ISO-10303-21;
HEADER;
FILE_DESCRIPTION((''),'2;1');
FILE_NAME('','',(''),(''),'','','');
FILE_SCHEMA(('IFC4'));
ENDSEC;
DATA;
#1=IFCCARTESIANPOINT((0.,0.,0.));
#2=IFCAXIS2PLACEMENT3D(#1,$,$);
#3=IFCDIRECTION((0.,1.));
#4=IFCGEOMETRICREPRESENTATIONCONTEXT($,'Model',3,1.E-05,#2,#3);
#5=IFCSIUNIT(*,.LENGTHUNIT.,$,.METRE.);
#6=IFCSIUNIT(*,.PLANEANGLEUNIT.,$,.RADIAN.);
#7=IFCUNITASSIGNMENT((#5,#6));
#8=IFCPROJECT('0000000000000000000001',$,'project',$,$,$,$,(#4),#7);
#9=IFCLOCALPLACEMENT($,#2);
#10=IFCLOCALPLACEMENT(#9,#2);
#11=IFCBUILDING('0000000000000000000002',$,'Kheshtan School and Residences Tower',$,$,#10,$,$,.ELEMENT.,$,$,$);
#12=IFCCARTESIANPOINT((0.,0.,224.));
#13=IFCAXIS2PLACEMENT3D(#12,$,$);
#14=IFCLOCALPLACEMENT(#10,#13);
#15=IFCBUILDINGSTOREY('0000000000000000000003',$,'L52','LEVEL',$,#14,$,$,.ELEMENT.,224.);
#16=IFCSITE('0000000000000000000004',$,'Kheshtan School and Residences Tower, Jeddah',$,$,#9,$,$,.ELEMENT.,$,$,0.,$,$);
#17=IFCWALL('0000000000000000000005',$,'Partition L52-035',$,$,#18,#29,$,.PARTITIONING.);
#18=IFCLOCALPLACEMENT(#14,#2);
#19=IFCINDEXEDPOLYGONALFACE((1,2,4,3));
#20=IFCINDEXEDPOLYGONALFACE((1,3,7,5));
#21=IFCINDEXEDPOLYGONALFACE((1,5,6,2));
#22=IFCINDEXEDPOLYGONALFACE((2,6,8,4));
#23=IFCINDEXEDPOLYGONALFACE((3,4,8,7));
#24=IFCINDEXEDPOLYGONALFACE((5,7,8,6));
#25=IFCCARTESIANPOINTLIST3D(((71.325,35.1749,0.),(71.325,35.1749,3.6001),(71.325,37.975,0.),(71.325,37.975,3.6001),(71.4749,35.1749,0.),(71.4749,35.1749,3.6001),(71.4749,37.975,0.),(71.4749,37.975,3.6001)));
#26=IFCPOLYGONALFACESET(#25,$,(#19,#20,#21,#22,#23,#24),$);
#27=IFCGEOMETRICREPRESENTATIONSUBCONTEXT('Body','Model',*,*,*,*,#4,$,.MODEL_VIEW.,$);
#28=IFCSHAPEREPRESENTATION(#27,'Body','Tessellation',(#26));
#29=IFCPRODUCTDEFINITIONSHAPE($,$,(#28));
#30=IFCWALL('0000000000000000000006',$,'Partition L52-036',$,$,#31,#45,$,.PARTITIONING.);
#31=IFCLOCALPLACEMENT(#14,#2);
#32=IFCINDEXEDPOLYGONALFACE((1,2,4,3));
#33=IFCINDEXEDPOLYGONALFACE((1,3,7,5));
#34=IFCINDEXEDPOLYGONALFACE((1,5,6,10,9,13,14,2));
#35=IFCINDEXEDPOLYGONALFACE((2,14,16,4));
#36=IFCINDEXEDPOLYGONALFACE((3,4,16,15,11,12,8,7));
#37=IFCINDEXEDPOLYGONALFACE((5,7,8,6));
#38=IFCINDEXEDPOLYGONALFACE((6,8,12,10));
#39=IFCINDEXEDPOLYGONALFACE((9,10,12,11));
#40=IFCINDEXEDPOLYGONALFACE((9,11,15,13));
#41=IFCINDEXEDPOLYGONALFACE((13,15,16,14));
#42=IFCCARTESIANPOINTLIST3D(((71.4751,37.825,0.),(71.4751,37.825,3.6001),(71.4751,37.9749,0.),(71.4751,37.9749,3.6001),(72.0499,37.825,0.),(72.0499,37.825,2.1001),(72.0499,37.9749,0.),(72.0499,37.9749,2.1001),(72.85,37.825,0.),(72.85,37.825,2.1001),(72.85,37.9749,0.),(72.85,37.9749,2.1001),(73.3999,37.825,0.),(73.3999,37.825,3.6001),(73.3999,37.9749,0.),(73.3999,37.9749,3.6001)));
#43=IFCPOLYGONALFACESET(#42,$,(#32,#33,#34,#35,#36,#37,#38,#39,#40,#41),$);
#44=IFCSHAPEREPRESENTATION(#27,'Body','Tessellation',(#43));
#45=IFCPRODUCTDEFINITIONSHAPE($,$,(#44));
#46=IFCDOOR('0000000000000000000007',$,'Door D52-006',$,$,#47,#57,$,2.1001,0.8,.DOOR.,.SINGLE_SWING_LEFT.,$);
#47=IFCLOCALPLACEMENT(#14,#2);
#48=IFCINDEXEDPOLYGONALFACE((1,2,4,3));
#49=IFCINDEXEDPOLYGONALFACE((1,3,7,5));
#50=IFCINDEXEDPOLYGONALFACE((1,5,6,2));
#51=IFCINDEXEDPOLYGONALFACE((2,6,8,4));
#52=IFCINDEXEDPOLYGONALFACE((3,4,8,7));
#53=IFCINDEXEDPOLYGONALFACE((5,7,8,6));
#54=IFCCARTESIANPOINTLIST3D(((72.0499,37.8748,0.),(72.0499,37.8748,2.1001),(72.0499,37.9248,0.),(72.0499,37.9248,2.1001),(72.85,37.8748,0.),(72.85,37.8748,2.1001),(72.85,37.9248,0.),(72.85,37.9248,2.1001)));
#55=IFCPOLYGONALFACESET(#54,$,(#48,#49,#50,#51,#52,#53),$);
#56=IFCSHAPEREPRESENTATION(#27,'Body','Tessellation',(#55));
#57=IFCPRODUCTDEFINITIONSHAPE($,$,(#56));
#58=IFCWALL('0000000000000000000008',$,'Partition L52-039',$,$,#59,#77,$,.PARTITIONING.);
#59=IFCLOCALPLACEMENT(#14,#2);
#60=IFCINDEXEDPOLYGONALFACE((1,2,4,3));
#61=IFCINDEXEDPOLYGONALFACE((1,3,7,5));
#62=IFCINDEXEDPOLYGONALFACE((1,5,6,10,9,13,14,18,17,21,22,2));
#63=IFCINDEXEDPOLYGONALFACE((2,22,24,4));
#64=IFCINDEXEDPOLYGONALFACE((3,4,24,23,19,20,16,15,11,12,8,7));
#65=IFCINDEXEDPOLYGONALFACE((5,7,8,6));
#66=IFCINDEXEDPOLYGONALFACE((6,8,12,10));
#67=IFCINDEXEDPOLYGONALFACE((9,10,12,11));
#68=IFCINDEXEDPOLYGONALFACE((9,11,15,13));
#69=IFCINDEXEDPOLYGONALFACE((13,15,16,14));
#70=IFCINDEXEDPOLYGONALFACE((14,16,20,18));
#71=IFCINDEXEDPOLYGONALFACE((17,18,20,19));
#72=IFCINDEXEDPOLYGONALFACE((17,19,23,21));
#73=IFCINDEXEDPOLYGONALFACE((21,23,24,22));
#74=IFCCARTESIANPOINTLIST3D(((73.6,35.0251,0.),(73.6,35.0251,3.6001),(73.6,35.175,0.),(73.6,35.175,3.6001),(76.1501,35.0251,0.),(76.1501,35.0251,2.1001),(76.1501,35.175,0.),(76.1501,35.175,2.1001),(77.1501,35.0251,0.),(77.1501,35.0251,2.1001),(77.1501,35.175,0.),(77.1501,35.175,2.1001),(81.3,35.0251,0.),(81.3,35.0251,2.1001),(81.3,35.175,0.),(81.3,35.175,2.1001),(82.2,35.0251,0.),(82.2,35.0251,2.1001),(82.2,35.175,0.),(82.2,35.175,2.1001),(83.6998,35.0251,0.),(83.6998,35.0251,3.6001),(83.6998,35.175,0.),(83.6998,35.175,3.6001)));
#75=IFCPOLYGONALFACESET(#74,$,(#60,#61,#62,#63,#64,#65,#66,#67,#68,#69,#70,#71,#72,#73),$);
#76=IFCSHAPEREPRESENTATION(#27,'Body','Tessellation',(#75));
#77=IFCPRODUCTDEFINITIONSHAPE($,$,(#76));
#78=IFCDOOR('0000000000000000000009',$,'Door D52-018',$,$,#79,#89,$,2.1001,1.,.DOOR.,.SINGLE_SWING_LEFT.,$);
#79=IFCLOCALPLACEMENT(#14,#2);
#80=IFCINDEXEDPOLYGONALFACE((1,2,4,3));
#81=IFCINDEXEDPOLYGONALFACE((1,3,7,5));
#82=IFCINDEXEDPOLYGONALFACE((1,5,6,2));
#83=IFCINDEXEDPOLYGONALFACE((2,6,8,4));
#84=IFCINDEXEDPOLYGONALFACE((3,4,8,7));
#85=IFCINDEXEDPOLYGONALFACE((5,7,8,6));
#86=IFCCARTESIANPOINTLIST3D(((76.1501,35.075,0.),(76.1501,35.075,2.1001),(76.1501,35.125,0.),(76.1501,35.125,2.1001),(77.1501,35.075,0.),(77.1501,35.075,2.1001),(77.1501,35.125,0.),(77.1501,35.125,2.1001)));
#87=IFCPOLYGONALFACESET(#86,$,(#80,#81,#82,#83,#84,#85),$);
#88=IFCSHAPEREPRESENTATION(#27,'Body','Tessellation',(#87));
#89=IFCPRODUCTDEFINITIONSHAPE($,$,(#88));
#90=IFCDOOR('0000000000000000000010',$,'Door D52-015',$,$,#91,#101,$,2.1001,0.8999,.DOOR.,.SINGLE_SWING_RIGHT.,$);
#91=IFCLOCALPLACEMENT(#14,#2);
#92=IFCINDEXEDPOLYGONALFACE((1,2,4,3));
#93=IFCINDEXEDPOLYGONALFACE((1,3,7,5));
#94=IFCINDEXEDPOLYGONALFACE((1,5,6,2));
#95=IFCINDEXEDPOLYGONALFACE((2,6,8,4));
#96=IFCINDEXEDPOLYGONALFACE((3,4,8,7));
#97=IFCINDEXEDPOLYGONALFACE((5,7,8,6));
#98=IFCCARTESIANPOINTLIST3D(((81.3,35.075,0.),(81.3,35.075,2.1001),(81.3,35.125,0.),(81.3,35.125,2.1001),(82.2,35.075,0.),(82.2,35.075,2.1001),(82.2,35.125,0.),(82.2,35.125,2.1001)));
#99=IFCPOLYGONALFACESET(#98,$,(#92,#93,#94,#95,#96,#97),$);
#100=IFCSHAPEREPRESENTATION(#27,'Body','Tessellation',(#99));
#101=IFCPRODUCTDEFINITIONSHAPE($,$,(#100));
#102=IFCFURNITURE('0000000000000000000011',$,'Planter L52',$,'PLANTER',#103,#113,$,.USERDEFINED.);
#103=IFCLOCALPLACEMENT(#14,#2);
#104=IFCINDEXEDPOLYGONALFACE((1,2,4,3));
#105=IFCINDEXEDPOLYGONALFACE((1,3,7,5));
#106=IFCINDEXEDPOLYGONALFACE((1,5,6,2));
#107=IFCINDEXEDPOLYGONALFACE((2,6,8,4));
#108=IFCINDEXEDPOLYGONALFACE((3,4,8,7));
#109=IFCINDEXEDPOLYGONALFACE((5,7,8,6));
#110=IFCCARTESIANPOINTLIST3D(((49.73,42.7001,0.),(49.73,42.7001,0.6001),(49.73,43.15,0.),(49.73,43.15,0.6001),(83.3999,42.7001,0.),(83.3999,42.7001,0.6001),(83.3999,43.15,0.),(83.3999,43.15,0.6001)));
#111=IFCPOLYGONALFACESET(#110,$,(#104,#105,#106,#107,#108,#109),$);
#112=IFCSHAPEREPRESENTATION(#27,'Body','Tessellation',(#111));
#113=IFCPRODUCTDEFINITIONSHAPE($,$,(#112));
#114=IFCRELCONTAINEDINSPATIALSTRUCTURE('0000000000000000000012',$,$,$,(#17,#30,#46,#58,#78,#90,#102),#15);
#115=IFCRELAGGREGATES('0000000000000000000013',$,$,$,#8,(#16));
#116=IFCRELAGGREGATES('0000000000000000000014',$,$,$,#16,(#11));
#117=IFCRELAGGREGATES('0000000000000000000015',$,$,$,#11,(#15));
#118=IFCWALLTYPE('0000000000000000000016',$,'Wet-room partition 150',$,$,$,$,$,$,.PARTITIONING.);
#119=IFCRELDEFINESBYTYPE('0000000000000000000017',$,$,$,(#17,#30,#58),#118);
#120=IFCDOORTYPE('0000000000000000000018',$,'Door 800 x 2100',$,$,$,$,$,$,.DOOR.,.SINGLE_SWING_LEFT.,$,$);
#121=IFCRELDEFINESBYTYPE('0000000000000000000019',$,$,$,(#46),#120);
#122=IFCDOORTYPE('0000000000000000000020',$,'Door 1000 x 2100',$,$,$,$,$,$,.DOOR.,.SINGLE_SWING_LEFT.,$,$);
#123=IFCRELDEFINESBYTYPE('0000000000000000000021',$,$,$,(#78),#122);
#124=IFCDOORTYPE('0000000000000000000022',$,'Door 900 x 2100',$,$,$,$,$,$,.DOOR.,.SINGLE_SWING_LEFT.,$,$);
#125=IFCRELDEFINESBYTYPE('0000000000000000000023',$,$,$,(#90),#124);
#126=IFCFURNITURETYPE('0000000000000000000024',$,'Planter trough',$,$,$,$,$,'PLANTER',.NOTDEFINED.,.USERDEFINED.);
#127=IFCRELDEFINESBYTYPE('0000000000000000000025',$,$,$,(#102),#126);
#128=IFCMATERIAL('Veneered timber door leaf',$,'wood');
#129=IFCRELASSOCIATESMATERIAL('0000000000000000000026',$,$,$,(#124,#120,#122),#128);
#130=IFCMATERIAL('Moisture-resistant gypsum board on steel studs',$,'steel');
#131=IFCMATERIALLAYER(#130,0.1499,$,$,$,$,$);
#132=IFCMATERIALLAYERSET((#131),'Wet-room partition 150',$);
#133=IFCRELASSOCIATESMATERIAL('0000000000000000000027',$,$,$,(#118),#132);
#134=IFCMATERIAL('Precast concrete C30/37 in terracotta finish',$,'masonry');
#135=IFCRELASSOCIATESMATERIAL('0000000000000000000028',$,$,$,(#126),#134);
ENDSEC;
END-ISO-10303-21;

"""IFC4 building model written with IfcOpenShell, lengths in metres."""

from ifc_helpers import new_model, si_unit, direction, frame, frame_2d, origin, origin_2d, place, context, subcontext, project, spatial, rectangle, extrude, source, transform, mapped, material, layer, layer_set, type_object, element, fill, save


model = new_model("IFC4")

# Units and contexts
model_context = context("Model", 3, precision=1e-05, world=origin(), true_north=direction((0.0, 1.0)))
body_context = subcontext(model_context, "Body", "Model", "MODEL_VIEW")
ifc_project = project(units=[si_unit("LENGTHUNIT", "METRE"), si_unit("PLANEANGLEUNIT", "RADIAN")], contexts=[model_context])

# Site, building, storey
site_placement = place(None, origin())
site = spatial("IfcSite", under=ifc_project, at=site_placement, Name="Kheshtan School and Residences Tower, Jeddah", CompositionType="ELEMENT", RefElevation=0.0)
building_placement = place(site_placement, origin())
building = spatial("IfcBuilding", under=site, at=building_placement, Name="Kheshtan School and Residences Tower", CompositionType="ELEMENT")
storey_placement = place(building_placement, frame((0.0, 0.0, 224.0)))
storey = spatial("IfcBuildingStorey", under=building, at=storey_placement, Name="L52", Description="LEVEL", CompositionType="ELEMENT", Elevation=224.0)

# Shared definitions
ifc_material_1 = material(Name="Veneered timber door leaf", Category="wood")
door_type_1 = type_object("IfcDoorType", Name="Door 900 x 2100", OperationType="SINGLE_SWING_LEFT", PredefinedType="DOOR", material=ifc_material_1)
shared_shape_1 = source(origin(), body_context, "Body", "SweptSolid", [
    extrude(rectangle(XDim=0.8999, YDim=2.1001, at=frame_2d((0.45, 1.05))), frame((0.0, 0.0249, 0.0), z_axis=(0.0, -1.0, 0.0), x_axis=(1.0, 0.0, 0.0)), (0.0, 0.0, 1.0), 0.05),
])

# Wall
ifc_material_2 = material(Name="Moisture-resistant gypsum board on steel studs", Category="steel")
ifc_layer_1 = layer(ifc_material_2, 0.1499)
ifc_layer_set_1 = layer_set([ifc_layer_1], Name="Wet-room partition 150")
wall_type_1 = type_object("IfcWallType", Name="Wet-room partition 150", PredefinedType="PARTITIONING", material=ifc_layer_set_1)
wall_1_placement = place(storey_placement, frame((71.3999, 35.175, 0.0), z_axis=(0.0, 0.0, 1.0), x_axis=(0.0, 1.0, 0.0)))
element("IfcWall", 1, at=wall_1_placement, inside=storey, type_object=wall_type_1, Name="Partition L52-035", PredefinedType="PARTITIONING", context=body_context, shape_type="SweptSolid", body=[
    extrude(rectangle(XDim=2.8, YDim=0.1499, at=frame_2d((1.3999, 0.0))), origin(), (0.0, 0.0, 1.0), 3.6001),
])

# Wall, opening, door
wall_2_placement = place(storey_placement, frame((71.4751, 37.8999, 0.0), z_axis=(0.0, 0.0, 1.0), x_axis=(1.0, 0.0, 0.0)))
wall_2 = element("IfcWall", 2, at=wall_2_placement, inside=storey, type_object=wall_type_1, Name="Partition L52-036", PredefinedType="PARTITIONING", context=body_context, shape_type="SweptSolid", body=[
    extrude(rectangle(XDim=1.9248, YDim=0.1499, at=frame_2d((0.9624, 0.0))), origin(), (0.0, 0.0, 1.0), 3.6001),
])
opening_1_placement = place(wall_2_placement, frame((0.575, 0.0, 0.0)))
opening_1 = element("IfcOpeningElement", 3, at=opening_1_placement, cuts=wall_2, PredefinedType="OPENING", context=body_context, shape_type="SweptSolid", body=[
    extrude(rectangle(XDim=0.8, YDim=2.1001, at=frame_2d((0.3999, 1.05))), frame((0.0, 0.085, 0.0), z_axis=(0.0, -1.0, 0.0), x_axis=(1.0, 0.0, 0.0)), (0.0, 0.0, 1.0), 0.1699),
])
door_type_2 = type_object("IfcDoorType", Name="Door 800 x 2100", OperationType="SINGLE_SWING_LEFT", PredefinedType="DOOR", material=ifc_material_1)
shared_shape_2 = source(origin(), body_context, "Body", "SweptSolid", [
    extrude(rectangle(XDim=0.8, YDim=2.1001, at=frame_2d((0.3999, 1.05))), frame((0.0, 0.0249, 0.0), z_axis=(0.0, -1.0, 0.0), x_axis=(1.0, 0.0, 0.0)), (0.0, 0.0, 1.0), 0.05),
])
door_1_placement = place(opening_1_placement, origin())
door_1 = element("IfcDoor", 4, at=door_1_placement, inside=storey, type_object=door_type_2, Name="Door D52-006", OperationType="SINGLE_SWING_LEFT", OverallHeight=2.1001, OverallWidth=0.8, PredefinedType="DOOR", context=body_context, shape_type="MappedRepresentation", body=[
    mapped(shared_shape_2, transform((0.0, 0.0, 0.0), x_axis=(1.0, 0.0, 0.0), y_axis=(0.0, 1.0, 0.0), z_axis=(0.0, 0.0, 1.0), scale=1.0)),
])
fill(opening_1, door_1)

# Wall, openings, doors
wall_3_placement = place(storey_placement, frame((73.6001, 35.1001, 0.0), z_axis=(0.0, 0.0, 1.0), x_axis=(1.0, 0.0, 0.0)))
wall_3 = element("IfcWall", 5, at=wall_3_placement, inside=storey, type_object=wall_type_1, Name="Partition L52-039", PredefinedType="PARTITIONING", context=body_context, shape_type="SweptSolid", body=[
    extrude(rectangle(XDim=10.0999, YDim=0.1499, at=frame_2d((5.0498, 0.0))), origin(), (0.0, 0.0, 1.0), 3.6001),
])
opening_2_placement = place(wall_3_placement, frame((7.7, 0.0, 0.0)))
opening_2 = element("IfcOpeningElement", 6, at=opening_2_placement, cuts=wall_3, PredefinedType="OPENING", context=body_context, shape_type="SweptSolid", body=[
    extrude(rectangle(XDim=0.8999, YDim=2.1001, at=frame_2d((0.45, 1.05))), frame((0.0, 0.085, 0.0), z_axis=(0.0, -1.0, 0.0), x_axis=(1.0, 0.0, 0.0)), (0.0, 0.0, 1.0), 0.1699),
])
opening_3_placement = place(wall_3_placement, frame((2.55, 0.0, 0.0)))
opening_3 = element("IfcOpeningElement", 7, at=opening_3_placement, cuts=wall_3, PredefinedType="OPENING", context=body_context, shape_type="SweptSolid", body=[
    extrude(rectangle(XDim=1.0, YDim=2.1001, at=frame_2d((0.5, 1.05))), frame((0.0, 0.085, 0.0), z_axis=(0.0, -1.0, 0.0), x_axis=(1.0, 0.0, 0.0)), (0.0, 0.0, 1.0), 0.1699),
])
door_type_3 = type_object("IfcDoorType", Name="Door 1000 x 2100", OperationType="SINGLE_SWING_LEFT", PredefinedType="DOOR", material=ifc_material_1)
shared_shape_3 = source(origin(), body_context, "Body", "SweptSolid", [
    extrude(rectangle(XDim=1.0, YDim=2.1001, at=frame_2d((0.5, 1.05))), frame((0.0, 0.0249, 0.0), z_axis=(0.0, -1.0, 0.0), x_axis=(1.0, 0.0, 0.0)), (0.0, 0.0, 1.0), 0.05),
])
door_2_placement = place(opening_3_placement, origin())
door_2 = element("IfcDoor", 8, at=door_2_placement, inside=storey, type_object=door_type_3, Name="Door D52-018", OperationType="SINGLE_SWING_LEFT", OverallHeight=2.1001, OverallWidth=1.0, PredefinedType="DOOR", context=body_context, shape_type="MappedRepresentation", body=[
    mapped(shared_shape_3, transform((0.0, 0.0, 0.0), x_axis=(1.0, 0.0, 0.0), y_axis=(0.0, 1.0, 0.0), z_axis=(0.0, 0.0, 1.0), scale=1.0)),
])
fill(opening_3, door_2)
door_3_placement = place(opening_2_placement, origin())
door_3 = element("IfcDoor", 9, at=door_3_placement, inside=storey, type_object=door_type_1, Name="Door D52-015", OperationType="SINGLE_SWING_RIGHT", OverallHeight=2.1001, OverallWidth=0.8999, PredefinedType="DOOR", context=body_context, shape_type="MappedRepresentation", body=[
    mapped(shared_shape_1, transform((0.0, 0.0, 0.0), x_axis=(1.0, 0.0, 0.0), y_axis=(0.0, 1.0, 0.0), z_axis=(0.0, 0.0, 1.0), scale=1.0)),
])
fill(opening_2, door_3)

# Furniture
ifc_material_3 = material(Name="Precast concrete C30/37 in terracotta finish", Category="masonry")
furniture_type = type_object("IfcFurnitureType", Name="Planter trough", ElementType="PLANTER", AssemblyPlace="NOTDEFINED", PredefinedType="USERDEFINED", material=ifc_material_3)
furniture_placement = place(storey_placement, frame((66.5649, 42.925, 0.0), z_axis=(0.0, 0.0, 1.0), x_axis=(1.0, 0.0, 0.0)))
element("IfcFurniture", 10, at=furniture_placement, inside=storey, type_object=furniture_type, Name="Planter L52", ObjectType="PLANTER", PredefinedType="USERDEFINED", context=body_context, shape_type="SweptSolid", body=[
    extrude(rectangle(XDim=33.6699, YDim=0.45, at=origin_2d()), origin(), (0.0, 0.0, 1.0), 0.6001),
])

save(model, "model.ifc")
